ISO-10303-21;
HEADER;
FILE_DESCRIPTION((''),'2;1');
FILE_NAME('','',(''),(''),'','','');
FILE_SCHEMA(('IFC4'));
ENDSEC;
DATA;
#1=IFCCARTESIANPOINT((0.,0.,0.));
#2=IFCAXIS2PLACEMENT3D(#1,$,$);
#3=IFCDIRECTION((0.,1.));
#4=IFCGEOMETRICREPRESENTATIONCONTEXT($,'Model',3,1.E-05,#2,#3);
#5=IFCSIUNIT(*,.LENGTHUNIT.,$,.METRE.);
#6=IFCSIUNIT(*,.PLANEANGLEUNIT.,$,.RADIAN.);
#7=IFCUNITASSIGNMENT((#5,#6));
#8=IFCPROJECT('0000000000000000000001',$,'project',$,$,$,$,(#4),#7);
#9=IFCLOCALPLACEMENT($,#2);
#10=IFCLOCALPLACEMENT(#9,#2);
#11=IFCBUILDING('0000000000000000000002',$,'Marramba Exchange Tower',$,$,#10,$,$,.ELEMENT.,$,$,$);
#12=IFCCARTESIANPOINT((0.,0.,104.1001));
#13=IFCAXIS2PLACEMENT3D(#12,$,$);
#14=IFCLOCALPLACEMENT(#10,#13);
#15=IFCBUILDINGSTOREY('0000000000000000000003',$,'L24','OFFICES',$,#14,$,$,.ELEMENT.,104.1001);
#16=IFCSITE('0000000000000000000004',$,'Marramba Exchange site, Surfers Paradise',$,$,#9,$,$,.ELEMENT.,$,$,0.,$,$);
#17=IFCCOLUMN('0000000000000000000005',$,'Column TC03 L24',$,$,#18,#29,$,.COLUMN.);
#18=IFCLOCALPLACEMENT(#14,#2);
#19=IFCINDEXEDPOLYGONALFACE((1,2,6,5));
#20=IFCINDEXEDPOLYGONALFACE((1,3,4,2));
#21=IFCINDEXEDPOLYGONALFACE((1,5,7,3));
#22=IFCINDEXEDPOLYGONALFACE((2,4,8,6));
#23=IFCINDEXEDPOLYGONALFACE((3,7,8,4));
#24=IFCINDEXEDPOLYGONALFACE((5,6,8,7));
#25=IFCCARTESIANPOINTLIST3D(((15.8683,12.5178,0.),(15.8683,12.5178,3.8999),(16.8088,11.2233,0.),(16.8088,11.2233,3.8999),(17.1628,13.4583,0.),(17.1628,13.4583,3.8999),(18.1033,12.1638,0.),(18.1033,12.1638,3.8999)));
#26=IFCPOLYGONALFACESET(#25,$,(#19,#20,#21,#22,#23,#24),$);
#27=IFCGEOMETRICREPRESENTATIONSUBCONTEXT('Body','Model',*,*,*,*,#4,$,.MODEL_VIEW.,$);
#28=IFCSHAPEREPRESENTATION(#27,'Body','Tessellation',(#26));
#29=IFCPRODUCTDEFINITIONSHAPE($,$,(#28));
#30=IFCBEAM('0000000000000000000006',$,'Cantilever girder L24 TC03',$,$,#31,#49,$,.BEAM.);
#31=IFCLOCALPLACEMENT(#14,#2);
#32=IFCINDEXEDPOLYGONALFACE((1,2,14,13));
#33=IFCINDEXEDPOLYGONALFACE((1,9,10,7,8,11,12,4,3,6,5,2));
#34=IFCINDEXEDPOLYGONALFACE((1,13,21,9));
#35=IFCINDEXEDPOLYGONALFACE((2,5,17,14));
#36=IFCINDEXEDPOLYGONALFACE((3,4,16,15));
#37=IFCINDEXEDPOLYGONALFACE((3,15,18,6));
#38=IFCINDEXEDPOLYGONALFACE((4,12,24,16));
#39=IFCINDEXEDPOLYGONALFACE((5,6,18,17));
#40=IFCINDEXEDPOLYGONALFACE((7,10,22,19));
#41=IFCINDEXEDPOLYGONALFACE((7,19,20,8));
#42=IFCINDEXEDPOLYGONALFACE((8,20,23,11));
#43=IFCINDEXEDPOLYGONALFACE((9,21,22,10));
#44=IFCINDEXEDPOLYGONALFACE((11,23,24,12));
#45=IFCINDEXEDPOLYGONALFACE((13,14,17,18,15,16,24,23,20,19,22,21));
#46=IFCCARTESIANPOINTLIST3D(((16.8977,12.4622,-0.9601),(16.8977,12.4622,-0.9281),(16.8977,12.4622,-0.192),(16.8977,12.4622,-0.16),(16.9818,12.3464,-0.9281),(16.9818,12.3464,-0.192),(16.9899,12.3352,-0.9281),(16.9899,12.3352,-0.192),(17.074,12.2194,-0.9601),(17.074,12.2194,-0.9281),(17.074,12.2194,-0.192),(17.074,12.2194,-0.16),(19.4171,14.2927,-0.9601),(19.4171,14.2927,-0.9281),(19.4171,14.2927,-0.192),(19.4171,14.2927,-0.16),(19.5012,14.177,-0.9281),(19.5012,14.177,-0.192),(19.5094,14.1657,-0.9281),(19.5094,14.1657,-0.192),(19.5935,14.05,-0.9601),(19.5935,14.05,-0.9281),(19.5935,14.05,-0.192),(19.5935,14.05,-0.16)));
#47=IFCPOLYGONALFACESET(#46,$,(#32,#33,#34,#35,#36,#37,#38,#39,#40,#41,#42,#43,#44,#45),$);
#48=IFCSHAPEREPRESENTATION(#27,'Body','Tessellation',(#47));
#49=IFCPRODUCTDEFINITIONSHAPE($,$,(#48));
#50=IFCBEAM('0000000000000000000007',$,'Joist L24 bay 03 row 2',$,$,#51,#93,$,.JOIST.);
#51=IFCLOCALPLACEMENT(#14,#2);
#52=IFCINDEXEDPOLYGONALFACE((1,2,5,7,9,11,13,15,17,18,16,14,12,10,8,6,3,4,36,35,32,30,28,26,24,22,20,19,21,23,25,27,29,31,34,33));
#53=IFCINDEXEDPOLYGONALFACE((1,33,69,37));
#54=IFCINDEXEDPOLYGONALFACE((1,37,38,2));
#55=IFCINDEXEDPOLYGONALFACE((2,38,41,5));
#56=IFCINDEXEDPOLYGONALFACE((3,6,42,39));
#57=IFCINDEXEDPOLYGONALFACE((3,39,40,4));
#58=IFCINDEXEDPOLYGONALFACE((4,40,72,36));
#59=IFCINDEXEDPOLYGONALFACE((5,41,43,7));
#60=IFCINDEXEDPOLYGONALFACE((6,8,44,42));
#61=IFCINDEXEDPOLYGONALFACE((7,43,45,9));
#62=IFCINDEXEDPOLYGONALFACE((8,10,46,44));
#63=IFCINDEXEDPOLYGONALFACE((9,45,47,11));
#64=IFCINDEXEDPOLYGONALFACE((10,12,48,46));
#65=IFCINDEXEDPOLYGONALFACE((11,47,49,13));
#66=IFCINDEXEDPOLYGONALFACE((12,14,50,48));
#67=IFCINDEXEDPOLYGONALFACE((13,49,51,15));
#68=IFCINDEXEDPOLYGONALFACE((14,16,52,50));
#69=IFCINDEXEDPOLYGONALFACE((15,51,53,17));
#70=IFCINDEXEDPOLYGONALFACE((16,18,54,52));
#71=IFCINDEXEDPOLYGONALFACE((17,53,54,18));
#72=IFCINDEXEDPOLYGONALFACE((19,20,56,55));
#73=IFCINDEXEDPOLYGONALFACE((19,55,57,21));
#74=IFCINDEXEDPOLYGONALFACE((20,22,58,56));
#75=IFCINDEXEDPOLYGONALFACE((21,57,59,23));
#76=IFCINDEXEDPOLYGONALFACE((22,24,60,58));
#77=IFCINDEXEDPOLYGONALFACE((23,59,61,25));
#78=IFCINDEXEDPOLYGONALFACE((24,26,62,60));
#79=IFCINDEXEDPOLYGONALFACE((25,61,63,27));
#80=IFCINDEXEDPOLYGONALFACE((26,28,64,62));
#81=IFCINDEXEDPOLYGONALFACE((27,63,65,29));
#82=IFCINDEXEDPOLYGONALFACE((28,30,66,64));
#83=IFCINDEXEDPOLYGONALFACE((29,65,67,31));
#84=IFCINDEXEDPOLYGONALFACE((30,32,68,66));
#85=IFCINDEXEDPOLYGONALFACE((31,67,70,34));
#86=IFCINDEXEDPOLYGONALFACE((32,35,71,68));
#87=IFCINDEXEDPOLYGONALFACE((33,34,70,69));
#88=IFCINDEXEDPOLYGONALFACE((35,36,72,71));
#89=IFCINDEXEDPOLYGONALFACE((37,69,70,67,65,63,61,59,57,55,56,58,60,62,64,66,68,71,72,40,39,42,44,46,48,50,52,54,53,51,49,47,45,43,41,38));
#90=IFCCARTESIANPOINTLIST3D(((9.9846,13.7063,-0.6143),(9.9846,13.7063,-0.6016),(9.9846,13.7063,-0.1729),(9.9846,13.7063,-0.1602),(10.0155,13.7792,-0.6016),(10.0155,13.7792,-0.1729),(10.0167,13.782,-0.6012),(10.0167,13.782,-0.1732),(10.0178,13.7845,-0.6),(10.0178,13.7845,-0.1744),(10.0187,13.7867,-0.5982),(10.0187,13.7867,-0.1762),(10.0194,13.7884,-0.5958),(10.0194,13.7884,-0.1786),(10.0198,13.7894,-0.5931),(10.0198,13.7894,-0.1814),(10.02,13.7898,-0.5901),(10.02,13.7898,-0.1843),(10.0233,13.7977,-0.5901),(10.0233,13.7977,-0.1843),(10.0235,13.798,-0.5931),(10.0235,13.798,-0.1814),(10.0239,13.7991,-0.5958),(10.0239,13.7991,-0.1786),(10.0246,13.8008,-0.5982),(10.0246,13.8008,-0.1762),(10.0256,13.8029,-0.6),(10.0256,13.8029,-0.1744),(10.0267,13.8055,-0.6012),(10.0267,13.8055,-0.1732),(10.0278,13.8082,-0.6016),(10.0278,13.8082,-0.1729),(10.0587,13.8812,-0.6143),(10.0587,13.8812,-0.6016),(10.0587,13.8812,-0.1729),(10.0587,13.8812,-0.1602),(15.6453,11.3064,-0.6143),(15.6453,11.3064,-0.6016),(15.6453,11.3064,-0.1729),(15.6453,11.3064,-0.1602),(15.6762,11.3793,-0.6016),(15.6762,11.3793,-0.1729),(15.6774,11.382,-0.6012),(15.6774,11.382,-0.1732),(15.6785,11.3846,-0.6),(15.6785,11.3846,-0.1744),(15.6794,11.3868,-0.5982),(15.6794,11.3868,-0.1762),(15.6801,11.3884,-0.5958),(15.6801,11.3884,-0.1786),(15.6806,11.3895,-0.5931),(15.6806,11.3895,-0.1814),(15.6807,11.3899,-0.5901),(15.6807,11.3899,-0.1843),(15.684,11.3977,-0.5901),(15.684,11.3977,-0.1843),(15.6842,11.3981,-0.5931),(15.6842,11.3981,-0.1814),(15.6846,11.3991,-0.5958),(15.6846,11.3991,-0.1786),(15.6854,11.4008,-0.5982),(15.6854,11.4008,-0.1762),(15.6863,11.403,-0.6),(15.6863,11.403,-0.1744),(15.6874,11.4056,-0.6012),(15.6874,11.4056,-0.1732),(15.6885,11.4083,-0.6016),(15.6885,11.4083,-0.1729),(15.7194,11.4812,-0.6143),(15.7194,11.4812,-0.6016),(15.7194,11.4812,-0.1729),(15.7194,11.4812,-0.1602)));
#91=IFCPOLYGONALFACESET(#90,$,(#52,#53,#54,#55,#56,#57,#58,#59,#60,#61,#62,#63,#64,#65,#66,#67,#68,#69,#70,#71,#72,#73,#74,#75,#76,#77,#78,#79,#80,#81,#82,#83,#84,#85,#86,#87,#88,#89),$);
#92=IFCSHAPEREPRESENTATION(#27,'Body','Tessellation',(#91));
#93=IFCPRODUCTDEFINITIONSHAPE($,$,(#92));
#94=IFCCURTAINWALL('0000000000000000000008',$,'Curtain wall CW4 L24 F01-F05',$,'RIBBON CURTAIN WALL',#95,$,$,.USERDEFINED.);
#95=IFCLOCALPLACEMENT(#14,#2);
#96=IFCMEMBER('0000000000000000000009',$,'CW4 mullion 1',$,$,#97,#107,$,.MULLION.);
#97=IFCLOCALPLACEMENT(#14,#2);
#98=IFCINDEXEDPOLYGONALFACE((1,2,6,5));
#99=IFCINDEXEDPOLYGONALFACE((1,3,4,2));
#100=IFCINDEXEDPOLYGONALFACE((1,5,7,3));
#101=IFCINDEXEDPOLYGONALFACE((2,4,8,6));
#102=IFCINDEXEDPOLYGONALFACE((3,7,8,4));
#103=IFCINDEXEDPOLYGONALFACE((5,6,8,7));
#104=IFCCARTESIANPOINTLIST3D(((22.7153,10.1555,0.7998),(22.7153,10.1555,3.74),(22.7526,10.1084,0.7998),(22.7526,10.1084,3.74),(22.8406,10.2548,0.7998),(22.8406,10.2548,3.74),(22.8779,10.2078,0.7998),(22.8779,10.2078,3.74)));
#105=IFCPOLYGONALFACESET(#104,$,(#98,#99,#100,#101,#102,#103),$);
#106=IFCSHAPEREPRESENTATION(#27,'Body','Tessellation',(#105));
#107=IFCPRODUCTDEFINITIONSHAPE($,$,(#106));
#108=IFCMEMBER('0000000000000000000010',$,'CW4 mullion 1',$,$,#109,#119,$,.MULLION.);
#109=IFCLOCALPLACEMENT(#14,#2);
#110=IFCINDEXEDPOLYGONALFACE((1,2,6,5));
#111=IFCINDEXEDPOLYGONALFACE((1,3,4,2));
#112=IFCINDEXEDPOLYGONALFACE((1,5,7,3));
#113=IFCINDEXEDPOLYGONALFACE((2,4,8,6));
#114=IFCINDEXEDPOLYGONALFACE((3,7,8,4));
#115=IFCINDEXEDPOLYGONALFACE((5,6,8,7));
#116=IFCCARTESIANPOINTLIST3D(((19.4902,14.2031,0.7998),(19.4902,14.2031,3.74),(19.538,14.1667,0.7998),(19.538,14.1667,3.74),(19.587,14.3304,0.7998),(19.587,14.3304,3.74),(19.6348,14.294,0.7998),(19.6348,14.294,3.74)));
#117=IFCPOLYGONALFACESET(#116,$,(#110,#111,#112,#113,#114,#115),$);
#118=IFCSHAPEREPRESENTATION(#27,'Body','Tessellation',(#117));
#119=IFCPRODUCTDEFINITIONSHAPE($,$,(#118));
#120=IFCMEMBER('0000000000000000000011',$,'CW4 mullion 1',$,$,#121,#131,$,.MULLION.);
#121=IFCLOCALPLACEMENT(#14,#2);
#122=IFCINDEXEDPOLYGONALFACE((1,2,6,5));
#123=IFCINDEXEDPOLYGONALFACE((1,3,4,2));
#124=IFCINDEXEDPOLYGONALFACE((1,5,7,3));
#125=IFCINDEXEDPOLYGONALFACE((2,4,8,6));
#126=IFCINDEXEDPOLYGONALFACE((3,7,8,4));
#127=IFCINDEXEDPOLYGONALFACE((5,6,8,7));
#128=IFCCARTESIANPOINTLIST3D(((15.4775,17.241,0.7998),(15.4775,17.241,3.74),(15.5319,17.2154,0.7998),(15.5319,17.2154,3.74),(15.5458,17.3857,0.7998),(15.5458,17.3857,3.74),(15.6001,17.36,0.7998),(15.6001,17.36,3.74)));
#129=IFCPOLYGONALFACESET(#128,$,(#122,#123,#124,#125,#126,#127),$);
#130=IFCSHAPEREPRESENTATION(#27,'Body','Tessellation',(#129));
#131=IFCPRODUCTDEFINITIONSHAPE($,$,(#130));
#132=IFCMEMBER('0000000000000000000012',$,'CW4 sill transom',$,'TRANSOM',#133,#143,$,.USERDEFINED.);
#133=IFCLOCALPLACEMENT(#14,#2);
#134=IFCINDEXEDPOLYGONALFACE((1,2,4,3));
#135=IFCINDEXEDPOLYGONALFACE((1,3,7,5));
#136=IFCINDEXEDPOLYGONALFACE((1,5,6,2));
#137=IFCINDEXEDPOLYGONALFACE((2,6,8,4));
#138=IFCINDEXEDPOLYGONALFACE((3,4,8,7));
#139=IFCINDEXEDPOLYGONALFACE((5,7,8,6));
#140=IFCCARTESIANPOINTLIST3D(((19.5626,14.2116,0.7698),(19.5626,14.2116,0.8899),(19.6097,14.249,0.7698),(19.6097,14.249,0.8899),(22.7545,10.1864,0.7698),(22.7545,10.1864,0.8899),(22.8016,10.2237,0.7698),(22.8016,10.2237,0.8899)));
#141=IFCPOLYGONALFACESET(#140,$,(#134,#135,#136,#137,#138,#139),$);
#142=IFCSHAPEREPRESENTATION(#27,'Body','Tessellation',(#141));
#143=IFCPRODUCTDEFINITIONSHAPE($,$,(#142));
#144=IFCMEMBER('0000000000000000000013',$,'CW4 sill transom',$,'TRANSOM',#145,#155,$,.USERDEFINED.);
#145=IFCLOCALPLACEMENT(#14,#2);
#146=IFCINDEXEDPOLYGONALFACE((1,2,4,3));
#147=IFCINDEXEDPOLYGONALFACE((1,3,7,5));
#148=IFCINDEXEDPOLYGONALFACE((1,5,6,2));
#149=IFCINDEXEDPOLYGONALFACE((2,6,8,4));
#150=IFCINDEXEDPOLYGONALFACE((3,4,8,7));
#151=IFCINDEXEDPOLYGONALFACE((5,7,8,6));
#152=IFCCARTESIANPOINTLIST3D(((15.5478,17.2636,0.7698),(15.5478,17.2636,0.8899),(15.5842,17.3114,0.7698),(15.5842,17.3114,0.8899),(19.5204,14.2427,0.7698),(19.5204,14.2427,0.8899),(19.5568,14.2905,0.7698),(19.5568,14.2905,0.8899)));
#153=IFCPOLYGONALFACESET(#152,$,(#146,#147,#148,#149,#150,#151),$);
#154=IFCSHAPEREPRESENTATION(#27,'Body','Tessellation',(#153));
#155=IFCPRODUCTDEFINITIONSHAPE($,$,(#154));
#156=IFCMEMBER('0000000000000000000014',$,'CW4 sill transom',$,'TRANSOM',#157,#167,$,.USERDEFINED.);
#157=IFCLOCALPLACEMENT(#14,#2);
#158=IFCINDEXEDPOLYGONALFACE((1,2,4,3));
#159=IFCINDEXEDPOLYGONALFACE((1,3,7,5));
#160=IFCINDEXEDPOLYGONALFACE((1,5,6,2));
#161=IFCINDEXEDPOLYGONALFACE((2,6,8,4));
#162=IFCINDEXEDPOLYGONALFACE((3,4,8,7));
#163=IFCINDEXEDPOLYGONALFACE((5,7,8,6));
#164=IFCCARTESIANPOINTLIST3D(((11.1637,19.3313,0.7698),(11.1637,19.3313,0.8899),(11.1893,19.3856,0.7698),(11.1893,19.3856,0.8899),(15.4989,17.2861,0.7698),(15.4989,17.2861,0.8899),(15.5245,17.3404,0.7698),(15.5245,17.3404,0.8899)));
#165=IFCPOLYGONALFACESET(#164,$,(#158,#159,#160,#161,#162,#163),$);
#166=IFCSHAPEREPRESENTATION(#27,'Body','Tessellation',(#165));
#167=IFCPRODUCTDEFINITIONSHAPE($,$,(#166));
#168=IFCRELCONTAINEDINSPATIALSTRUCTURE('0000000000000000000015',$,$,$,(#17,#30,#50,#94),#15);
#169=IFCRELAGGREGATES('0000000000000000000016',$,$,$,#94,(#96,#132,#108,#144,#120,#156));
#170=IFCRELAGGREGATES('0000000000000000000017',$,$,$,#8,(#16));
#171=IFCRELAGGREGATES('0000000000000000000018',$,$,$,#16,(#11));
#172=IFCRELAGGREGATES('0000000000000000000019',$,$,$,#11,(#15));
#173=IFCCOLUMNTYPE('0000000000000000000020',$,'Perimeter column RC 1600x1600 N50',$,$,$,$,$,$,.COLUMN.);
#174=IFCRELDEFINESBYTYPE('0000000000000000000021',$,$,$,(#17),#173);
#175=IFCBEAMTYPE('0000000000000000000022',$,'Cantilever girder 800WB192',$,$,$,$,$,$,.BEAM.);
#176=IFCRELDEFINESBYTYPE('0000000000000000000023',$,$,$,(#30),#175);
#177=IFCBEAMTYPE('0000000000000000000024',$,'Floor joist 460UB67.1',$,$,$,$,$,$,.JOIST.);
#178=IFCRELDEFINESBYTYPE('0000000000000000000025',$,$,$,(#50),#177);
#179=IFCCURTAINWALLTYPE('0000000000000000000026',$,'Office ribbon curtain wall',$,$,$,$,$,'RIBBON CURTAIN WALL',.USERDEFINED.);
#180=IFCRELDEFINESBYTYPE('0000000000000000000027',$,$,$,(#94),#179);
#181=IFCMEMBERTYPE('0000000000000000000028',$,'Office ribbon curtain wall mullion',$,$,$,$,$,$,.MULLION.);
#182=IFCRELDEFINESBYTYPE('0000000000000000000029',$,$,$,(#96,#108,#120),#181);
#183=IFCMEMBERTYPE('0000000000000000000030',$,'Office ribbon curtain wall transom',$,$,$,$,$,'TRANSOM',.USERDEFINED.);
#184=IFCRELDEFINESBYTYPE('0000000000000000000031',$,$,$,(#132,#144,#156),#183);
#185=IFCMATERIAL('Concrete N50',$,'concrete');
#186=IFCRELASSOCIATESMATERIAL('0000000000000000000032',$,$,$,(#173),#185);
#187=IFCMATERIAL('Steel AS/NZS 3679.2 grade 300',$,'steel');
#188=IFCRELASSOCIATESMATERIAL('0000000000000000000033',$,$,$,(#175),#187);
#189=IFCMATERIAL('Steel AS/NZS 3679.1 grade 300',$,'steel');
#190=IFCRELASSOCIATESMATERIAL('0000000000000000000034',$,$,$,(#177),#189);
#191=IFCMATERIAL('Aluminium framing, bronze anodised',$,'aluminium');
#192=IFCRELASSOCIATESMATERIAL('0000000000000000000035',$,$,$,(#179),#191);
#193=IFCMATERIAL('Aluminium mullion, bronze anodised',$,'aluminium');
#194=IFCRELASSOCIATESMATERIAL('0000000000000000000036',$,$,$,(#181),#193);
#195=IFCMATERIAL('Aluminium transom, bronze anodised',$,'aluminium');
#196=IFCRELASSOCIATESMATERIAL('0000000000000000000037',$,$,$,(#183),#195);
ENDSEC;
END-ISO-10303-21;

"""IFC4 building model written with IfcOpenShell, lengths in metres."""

from ifc_helpers import new_model, si_unit, direction, frame, origin, origin_2d, place, context, subcontext, project, spatial, rectangle, i_section, extrude, material, material_profile, profile_set, type_object, element, aggregate, save


model = new_model("IFC4")

# Units and contexts
model_context = context("Model", 3, precision=1e-05, world=origin(), true_north=direction((0.0, 1.0)))
body_context = subcontext(model_context, "Body", "Model", "MODEL_VIEW")
ifc_project = project(units=[si_unit("LENGTHUNIT", "METRE"), si_unit("PLANEANGLEUNIT", "RADIAN")], contexts=[model_context])

# Site, building, storey
site_placement = place(None, origin())
site = spatial("IfcSite", under=ifc_project, at=site_placement, Name="Marramba Exchange site, Surfers Paradise", CompositionType="ELEMENT", RefElevation=0.0)
building_placement = place(site_placement, origin())
building = spatial("IfcBuilding", under=site, at=building_placement, Name="Marramba Exchange Tower", CompositionType="ELEMENT")
storey_placement = place(building_placement, frame((0.0, 0.0, 104.1001)))
storey = spatial("IfcBuildingStorey", under=building, at=storey_placement, Name="L24", Description="OFFICES", CompositionType="ELEMENT", Elevation=104.1001)

# Column
ifc_material_1 = material(Name="Concrete N50", Category="concrete")
ifc_material_profile_1 = material_profile(ifc_material_1, rectangle(XDim=1.6001, YDim=1.6001, at=origin_2d()), Name="RC 1600x1600")
ifc_profile_set_1 = profile_set([ifc_material_profile_1], Name="Concrete N50")
column_type = type_object("IfcColumnType", Name="Perimeter column RC 1600x1600 N50", PredefinedType="COLUMN", material=ifc_profile_set_1)
column_placement = place(storey_placement, frame((16.9858, 12.3408, 0.0), z_axis=(0.0, 0.0, 1.0), x_axis=(0.809017, 0.587785, 0.0)))
element("IfcColumn", 1, at=column_placement, inside=storey, type_object=column_type, Name="Column TC03 L24", PredefinedType="COLUMN", context=body_context, shape_type="SweptSolid", body=[
    extrude(rectangle(XDim=1.6001, YDim=1.6001, at=origin_2d()), origin(), (0.0, 0.0, 1.0), 3.8999),
])

# Beams
ifc_material_2 = material(Name="Steel AS/NZS 3679.2 grade 300", Category="steel")
ifc_material_profile_2 = material_profile(ifc_material_2, i_section(OverallWidth=0.3, OverallDepth=0.8, WebThickness=0.0139, FlangeThickness=0.032, at=origin_2d()), Name="800WB192")
ifc_profile_set_2 = profile_set([ifc_material_profile_2], Name="Steel AS/NZS 3679.2 grade 300")
beam_type_1 = type_object("IfcBeamType", Name="Cantilever girder 800WB192", PredefinedType="BEAM", material=ifc_profile_set_2)
beam_1_placement = place(storey_placement, frame((16.9858, 12.3408, -0.5601), z_axis=(0.809014, 0.587789, 0.0), x_axis=(-0.587789, 0.809014, 0.0)))
element("IfcBeam", 2, at=beam_1_placement, inside=storey, type_object=beam_type_1, Name="Cantilever girder L24 TC03", PredefinedType="BEAM", context=body_context, shape_type="SweptSolid", body=[
    extrude(i_section(OverallWidth=0.3, OverallDepth=0.8, WebThickness=0.0139, FlangeThickness=0.032, at=origin_2d()), origin(), (0.0, 0.0, 1.0), 3.1143),
])
ifc_material_3 = material(Name="Steel AS/NZS 3679.1 grade 300", Category="steel")
ifc_material_profile_3 = material_profile(ifc_material_3, i_section(OverallWidth=0.1899, OverallDepth=0.4541, WebThickness=0.0085, FlangeThickness=0.0127, FilletRadius=0.0115, at=origin_2d()), Name="460UB67.1")
ifc_profile_set_3 = profile_set([ifc_material_profile_3], Name="Steel AS/NZS 3679.1 grade 300")
beam_type_2 = type_object("IfcBeamType", Name="Floor joist 460UB67.1", PredefinedType="JOIST", material=ifc_profile_set_3)
beam_2_placement = place(storey_placement, frame((15.6824, 11.3938, -0.3872), z_axis=(-0.920674, 0.390332, 0.0), x_axis=(-0.390332, -0.920674, 0.0)))
element("IfcBeam", 3, at=beam_2_placement, inside=storey, type_object=beam_type_2, Name="Joist L24 bay 03 row 2", PredefinedType="JOIST", context=body_context, shape_type="SweptSolid", body=[
    extrude(i_section(OverallWidth=0.1899, OverallDepth=0.4541, WebThickness=0.0085, FlangeThickness=0.0127, FilletRadius=0.0115, at=origin_2d()), origin(), (0.0, 0.0, 1.0), 6.1484),
])

# Curtain wall, members
ifc_material_4 = material(Name="Aluminium framing, bronze anodised", Category="aluminium")
curtain_wall_type = type_object("IfcCurtainWallType", Name="Office ribbon curtain wall", ElementType="RIBBON CURTAIN WALL", PredefinedType="USERDEFINED", material=ifc_material_4)
curtain_wall_placement = place(storey_placement, origin())
curtain_wall = element("IfcCurtainWall", 4, at=curtain_wall_placement, inside=storey, type_object=curtain_wall_type, Name="Curtain wall CW4 L24 F01-F05", ObjectType="RIBBON CURTAIN WALL", PredefinedType="USERDEFINED")
ifc_material_5 = material(Name="Aluminium mullion, bronze anodised", Category="aluminium")
ifc_material_profile_4 = material_profile(ifc_material_5, rectangle(XDim=0.1599, YDim=0.0601, at=origin_2d()), Name="CW4 mullion 60x160")
ifc_profile_set_4 = profile_set([ifc_material_profile_4], Name="Aluminium mullion, bronze anodised")
member_type_1 = type_object("IfcMemberType", Name="Office ribbon curtain wall mullion", PredefinedType="MULLION", material=ifc_profile_set_4)
member_1_placement = place(storey_placement, frame((22.7966, 10.1816, 0.7998), z_axis=(0.0, 0.0, 1.0), x_axis=(-0.783563, -0.621312, 0.0)))
member_1 = element("IfcMember", 5, at=member_1_placement, type_object=member_type_1, Name="CW4 mullion 1", PredefinedType="MULLION", context=body_context, shape_type="SweptSolid", body=[
    extrude(rectangle(XDim=0.1599, YDim=0.0601, at=origin_2d()), origin(), (0.0, 0.0, 1.0), 2.9402),
])
member_2_placement = place(storey_placement, frame((19.5625, 14.2485, 0.7998), z_axis=(0.0, 0.0, 1.0), x_axis=(-0.605334, -0.795972, 0.0)))
member_2 = element("IfcMember", 6, at=member_2_placement, type_object=member_type_1, Name="CW4 mullion 1", PredefinedType="MULLION", context=body_context, shape_type="SweptSolid", body=[
    extrude(rectangle(XDim=0.1599, YDim=0.0601, at=origin_2d()), origin(), (0.0, 0.0, 1.0), 2.9402),
])
member_3_placement = place(storey_placement, frame((15.5388, 17.3005, 0.7998), z_axis=(0.0, 0.0, 1.0), x_axis=(-0.426679, -0.904403, 0.0)))
member_3 = element("IfcMember", 7, at=member_3_placement, type_object=member_type_1, Name="CW4 mullion 1", PredefinedType="MULLION", context=body_context, shape_type="SweptSolid", body=[
    extrude(rectangle(XDim=0.1599, YDim=0.0601, at=origin_2d()), origin(), (0.0, 0.0, 1.0), 2.9402),
])
ifc_material_6 = material(Name="Aluminium transom, bronze anodised", Category="aluminium")
ifc_material_profile_5 = material_profile(ifc_material_6, rectangle(XDim=0.0601, YDim=0.1201, at=origin_2d()), Name="CW4 transom 60x120")
ifc_profile_set_5 = profile_set([ifc_material_profile_5], Name="Aluminium transom, bronze anodised")
member_type_2 = type_object("IfcMemberType", Name="Office ribbon curtain wall transom", ElementType="TRANSOM", PredefinedType="USERDEFINED", material=ifc_profile_set_5)
member_4_placement = place(storey_placement, frame((22.7781, 10.2051, 0.8298), z_axis=(-0.621339, 0.783542, 0.0), x_axis=(-0.783542, -0.621339, 0.0)))
member_4 = element("IfcMember", 8, at=member_4_placement, type_object=member_type_2, Name="CW4 sill transom", ObjectType="TRANSOM", PredefinedType="USERDEFINED", context=body_context, shape_type="SweptSolid", body=[
    extrude(rectangle(XDim=0.0601, YDim=0.1201, at=origin_2d()), origin(), (0.0, 0.0, 1.0), 5.1372),
])
member_5_placement = place(storey_placement, frame((19.5386, 14.2666, 0.8298), z_axis=(-0.795991, 0.605309, 0.0), x_axis=(-0.605309, -0.795991, 0.0)))
member_5 = element("IfcMember", 9, at=member_5_placement, type_object=member_type_2, Name="CW4 sill transom", ObjectType="TRANSOM", PredefinedType="USERDEFINED", context=body_context, shape_type="SweptSolid", body=[
    extrude(rectangle(XDim=0.0601, YDim=0.1201, at=origin_2d()), origin(), (0.0, 0.0, 1.0), 4.9907),
])
member_6_placement = place(storey_placement, frame((15.5117, 17.3132, 0.8298), z_axis=(-0.904411, 0.426663, 0.0), x_axis=(-0.426663, -0.904411, 0.0)))
member_6 = element("IfcMember", 10, at=member_6_placement, type_object=member_type_2, Name="CW4 sill transom", ObjectType="TRANSOM", PredefinedType="USERDEFINED", context=body_context, shape_type="SweptSolid", body=[
    extrude(rectangle(XDim=0.0601, YDim=0.1201, at=origin_2d()), origin(), (0.0, 0.0, 1.0), 4.7935),
])

aggregate(curtain_wall, [member_1, member_4, member_2, member_5, member_3, member_6])

save(model, "model.ifc")
